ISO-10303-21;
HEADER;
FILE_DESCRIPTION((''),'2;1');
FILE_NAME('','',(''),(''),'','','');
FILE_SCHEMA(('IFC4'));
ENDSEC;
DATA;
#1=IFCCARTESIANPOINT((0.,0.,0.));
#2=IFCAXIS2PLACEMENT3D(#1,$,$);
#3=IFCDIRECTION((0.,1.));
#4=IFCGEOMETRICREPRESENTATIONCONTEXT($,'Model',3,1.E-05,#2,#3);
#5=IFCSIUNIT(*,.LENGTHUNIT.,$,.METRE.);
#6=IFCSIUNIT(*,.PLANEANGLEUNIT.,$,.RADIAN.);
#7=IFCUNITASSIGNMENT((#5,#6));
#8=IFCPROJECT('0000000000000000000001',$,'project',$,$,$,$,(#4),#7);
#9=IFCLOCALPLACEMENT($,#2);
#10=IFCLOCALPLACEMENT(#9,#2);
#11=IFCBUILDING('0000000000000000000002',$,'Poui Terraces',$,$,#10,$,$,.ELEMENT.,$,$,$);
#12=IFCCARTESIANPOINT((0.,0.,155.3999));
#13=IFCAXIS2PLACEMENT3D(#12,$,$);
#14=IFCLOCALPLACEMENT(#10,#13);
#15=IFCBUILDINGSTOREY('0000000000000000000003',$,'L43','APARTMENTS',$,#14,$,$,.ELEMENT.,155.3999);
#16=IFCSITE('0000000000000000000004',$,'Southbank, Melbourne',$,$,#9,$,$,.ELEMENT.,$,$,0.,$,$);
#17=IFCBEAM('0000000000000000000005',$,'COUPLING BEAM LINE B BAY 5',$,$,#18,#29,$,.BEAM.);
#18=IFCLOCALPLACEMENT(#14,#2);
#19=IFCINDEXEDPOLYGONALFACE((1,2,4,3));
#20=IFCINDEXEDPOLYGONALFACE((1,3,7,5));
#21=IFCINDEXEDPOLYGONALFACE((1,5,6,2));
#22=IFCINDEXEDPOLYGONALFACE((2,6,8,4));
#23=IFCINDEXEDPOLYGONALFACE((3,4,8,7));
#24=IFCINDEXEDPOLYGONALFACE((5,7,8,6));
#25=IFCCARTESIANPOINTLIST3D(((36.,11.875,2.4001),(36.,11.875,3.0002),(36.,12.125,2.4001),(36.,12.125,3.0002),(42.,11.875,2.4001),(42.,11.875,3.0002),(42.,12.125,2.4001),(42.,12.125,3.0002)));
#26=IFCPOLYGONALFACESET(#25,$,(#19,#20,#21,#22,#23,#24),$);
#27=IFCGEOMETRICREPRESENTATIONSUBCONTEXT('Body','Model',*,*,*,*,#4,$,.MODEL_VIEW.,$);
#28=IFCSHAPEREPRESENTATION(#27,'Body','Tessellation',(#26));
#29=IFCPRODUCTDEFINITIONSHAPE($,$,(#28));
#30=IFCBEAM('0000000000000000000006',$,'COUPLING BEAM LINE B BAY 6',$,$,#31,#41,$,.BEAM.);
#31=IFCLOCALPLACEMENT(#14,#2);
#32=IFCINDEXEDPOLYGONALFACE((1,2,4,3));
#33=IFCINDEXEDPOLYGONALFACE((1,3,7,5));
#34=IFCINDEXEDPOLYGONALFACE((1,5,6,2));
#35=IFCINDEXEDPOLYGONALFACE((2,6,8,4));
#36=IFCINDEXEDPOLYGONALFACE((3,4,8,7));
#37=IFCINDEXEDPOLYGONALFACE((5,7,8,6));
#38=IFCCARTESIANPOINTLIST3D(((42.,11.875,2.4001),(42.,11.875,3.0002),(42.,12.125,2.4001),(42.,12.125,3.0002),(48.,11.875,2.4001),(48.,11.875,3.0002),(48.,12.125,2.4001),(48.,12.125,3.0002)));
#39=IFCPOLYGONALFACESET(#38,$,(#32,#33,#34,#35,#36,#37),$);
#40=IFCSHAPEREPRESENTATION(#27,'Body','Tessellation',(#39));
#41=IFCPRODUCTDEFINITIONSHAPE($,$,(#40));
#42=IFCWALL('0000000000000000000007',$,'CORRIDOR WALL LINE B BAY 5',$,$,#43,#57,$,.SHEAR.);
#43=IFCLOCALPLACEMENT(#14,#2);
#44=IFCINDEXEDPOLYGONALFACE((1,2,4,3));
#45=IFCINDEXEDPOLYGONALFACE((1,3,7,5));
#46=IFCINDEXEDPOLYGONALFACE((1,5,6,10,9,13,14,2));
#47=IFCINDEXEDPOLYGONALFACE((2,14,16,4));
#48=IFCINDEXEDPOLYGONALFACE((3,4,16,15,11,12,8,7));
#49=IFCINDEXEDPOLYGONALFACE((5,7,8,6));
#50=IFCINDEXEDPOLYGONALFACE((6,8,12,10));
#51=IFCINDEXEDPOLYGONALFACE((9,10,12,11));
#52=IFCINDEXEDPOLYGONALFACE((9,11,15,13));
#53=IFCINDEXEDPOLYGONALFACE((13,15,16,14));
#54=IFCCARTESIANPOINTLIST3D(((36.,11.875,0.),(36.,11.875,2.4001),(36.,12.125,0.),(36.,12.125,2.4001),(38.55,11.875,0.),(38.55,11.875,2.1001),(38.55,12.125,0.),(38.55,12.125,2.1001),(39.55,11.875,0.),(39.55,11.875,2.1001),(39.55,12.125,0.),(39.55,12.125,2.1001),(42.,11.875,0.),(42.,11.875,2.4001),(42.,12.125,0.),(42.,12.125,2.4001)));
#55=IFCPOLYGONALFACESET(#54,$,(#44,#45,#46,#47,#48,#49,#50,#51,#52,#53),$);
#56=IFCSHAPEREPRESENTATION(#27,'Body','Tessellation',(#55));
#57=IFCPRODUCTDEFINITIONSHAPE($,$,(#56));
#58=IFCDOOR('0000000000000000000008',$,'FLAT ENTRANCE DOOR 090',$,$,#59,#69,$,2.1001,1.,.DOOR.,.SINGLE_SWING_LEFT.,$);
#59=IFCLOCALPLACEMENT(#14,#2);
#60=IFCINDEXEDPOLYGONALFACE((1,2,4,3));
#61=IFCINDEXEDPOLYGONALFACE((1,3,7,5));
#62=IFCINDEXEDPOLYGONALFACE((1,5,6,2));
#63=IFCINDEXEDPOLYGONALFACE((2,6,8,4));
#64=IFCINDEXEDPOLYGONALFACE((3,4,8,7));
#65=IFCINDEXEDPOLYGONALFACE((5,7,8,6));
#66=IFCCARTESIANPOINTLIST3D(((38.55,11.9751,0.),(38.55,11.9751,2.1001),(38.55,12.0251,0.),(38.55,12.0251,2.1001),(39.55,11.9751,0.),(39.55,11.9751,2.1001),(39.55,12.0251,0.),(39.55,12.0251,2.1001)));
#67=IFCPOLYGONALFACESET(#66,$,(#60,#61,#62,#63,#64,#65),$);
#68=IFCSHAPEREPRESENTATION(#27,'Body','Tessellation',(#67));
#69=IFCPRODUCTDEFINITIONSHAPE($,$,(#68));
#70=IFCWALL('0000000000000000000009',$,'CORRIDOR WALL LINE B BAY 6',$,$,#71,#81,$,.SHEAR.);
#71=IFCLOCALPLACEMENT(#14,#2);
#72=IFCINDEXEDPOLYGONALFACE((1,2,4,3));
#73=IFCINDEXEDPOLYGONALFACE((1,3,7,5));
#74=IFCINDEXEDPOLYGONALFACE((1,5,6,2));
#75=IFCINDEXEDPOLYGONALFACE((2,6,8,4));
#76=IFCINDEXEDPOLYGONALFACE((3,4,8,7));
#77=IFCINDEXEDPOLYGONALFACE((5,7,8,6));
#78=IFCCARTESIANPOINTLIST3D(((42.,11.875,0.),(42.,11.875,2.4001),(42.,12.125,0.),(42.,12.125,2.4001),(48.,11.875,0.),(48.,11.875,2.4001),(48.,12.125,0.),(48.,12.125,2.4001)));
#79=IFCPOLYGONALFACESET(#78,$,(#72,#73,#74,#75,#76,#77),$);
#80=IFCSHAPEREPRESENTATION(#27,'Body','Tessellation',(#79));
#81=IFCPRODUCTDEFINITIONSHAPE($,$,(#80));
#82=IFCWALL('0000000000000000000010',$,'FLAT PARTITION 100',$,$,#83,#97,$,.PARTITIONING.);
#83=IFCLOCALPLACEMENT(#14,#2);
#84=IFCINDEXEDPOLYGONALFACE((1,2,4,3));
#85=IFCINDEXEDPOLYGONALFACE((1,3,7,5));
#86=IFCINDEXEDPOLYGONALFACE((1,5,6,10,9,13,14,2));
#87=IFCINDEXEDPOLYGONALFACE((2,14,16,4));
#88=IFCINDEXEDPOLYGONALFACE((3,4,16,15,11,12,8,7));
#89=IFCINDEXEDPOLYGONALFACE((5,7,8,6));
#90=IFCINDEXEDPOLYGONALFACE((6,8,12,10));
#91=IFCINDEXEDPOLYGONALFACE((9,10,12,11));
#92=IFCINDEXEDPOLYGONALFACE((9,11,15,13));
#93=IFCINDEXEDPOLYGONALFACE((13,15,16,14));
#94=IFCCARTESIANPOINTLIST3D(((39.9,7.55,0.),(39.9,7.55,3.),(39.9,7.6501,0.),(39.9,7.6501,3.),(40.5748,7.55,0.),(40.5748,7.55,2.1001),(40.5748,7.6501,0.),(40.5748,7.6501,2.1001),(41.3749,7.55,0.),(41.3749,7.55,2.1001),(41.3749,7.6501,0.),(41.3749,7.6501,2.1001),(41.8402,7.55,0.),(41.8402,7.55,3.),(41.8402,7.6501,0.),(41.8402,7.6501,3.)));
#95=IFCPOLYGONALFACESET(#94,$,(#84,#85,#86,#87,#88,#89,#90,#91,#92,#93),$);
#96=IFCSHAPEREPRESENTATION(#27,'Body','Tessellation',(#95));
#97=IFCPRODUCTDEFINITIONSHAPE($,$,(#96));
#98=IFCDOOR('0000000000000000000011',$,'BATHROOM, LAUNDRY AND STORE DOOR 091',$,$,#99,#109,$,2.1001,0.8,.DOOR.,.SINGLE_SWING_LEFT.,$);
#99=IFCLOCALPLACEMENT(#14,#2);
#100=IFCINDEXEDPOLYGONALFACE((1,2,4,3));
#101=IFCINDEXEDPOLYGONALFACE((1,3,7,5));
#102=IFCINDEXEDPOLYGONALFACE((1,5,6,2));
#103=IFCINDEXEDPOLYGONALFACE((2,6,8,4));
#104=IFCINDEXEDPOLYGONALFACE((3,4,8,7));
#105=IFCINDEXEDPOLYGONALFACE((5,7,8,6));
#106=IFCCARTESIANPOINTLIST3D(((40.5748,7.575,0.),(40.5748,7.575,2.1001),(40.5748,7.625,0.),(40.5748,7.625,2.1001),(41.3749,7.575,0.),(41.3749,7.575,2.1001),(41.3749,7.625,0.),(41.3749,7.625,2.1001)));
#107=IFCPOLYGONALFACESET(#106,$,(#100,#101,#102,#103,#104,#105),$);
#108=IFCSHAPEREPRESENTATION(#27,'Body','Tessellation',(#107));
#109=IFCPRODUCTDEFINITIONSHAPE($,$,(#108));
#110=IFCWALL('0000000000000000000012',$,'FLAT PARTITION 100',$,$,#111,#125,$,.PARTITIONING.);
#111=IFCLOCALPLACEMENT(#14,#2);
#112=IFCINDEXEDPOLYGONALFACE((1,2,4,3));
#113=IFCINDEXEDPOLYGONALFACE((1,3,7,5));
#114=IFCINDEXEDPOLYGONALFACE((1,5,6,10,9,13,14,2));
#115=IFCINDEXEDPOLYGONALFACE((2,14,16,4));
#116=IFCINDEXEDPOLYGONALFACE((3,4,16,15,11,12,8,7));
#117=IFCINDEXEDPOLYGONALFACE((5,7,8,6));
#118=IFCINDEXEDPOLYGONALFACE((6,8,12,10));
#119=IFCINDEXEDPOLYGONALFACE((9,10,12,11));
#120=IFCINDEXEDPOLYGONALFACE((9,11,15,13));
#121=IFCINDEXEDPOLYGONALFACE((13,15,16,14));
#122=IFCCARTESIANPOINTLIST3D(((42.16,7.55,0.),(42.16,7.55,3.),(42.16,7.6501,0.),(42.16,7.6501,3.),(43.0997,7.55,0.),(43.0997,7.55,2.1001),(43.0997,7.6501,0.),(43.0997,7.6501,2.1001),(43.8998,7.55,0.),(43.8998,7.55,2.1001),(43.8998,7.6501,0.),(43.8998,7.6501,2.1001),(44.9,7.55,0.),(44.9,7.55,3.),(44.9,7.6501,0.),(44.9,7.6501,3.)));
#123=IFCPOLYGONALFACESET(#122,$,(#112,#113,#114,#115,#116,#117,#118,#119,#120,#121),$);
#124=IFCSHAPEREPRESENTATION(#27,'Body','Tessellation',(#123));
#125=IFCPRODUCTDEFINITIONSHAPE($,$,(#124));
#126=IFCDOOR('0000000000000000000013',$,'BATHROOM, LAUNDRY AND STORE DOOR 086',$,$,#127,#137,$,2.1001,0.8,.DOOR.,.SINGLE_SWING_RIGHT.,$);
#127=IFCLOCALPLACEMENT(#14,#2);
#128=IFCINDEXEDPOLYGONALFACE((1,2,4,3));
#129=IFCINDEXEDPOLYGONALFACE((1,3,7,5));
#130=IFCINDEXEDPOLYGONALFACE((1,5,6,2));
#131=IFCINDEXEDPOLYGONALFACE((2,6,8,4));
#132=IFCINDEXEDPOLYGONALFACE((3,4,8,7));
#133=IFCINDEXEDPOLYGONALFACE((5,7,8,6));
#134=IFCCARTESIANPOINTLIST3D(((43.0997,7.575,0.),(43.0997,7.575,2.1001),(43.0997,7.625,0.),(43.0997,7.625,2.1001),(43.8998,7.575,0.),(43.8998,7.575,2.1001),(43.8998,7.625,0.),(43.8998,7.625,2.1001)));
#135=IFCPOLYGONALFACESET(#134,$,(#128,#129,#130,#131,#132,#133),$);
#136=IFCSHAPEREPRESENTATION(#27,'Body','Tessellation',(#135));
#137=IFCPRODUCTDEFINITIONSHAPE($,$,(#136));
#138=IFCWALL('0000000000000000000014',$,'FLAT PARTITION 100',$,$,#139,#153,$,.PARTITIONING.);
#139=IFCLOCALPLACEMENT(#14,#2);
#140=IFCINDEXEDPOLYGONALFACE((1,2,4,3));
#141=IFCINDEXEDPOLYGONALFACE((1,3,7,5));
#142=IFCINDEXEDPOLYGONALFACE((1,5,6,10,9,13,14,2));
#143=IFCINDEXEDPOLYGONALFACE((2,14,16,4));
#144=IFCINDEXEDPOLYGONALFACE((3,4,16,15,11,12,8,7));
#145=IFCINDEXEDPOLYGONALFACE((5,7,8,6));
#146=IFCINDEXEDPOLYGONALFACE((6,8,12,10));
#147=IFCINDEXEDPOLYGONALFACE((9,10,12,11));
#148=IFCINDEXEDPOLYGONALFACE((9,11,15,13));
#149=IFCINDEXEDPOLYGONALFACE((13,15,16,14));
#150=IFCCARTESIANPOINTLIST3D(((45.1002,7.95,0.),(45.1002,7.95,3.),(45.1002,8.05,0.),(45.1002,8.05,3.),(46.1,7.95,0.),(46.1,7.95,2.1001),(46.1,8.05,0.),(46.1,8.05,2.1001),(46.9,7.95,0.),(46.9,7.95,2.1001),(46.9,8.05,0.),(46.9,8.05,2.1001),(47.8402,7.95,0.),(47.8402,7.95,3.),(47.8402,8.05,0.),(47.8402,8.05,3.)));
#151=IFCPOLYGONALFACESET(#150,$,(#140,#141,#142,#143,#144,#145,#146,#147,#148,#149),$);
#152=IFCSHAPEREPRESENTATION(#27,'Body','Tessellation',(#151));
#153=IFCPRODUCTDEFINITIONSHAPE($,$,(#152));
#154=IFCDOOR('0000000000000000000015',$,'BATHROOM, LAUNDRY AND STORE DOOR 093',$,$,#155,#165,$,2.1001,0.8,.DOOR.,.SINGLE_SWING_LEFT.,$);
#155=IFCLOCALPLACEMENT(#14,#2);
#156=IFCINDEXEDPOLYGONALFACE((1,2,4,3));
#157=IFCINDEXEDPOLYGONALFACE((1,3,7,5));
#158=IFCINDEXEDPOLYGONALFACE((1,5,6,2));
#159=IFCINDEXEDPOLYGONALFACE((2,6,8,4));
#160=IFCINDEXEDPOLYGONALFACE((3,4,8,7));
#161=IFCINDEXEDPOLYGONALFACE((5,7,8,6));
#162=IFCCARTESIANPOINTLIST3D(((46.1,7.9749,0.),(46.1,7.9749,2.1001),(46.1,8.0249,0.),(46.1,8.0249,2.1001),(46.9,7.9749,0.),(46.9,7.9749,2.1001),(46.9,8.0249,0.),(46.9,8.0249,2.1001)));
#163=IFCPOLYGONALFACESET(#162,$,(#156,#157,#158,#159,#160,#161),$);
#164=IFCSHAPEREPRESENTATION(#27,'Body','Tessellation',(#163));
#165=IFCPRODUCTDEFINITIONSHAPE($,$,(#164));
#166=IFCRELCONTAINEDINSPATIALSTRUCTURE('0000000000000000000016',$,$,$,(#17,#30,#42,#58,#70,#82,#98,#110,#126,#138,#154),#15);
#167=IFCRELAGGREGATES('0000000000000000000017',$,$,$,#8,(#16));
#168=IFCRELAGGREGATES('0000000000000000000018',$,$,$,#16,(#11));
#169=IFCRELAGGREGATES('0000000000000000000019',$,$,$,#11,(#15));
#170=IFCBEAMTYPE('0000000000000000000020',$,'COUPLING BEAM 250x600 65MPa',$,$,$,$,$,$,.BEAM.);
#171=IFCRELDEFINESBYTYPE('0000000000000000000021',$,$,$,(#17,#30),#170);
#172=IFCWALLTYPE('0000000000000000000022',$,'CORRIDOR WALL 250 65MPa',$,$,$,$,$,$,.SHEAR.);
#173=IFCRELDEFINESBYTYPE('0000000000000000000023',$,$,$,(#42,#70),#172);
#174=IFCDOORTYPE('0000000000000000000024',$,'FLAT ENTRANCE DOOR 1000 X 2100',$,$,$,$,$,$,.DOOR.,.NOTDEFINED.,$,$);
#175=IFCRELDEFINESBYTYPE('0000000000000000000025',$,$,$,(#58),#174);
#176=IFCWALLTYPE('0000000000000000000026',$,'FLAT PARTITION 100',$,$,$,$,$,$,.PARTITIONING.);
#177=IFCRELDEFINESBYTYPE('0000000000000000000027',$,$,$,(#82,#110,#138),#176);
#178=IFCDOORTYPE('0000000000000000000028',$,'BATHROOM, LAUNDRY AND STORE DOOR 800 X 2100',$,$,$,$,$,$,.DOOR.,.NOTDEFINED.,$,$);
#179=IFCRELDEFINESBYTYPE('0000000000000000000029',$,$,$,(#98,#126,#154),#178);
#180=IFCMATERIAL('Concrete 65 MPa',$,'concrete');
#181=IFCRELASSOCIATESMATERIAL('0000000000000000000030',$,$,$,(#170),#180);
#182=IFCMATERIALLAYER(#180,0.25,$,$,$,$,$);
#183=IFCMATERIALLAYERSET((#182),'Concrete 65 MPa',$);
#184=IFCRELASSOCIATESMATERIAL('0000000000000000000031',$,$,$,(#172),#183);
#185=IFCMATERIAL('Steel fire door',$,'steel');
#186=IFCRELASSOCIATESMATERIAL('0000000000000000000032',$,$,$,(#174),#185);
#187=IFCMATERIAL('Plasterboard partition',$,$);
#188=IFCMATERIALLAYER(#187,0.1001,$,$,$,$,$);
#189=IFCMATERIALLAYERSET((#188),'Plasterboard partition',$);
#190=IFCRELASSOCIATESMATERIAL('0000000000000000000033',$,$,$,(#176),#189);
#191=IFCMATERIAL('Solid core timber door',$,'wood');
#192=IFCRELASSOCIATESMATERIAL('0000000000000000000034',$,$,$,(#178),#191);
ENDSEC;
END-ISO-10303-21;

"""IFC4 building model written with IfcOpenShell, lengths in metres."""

from ifc_helpers import new_model, si_unit, direction, frame, frame_2d, origin, origin_2d, place, context, subcontext, project, spatial, rectangle, extrude, source, transform, mapped, material, layer, layer_set, material_profile, profile_set, type_object, element, fill, save


model = new_model("IFC4")

# Units and contexts
model_context = context("Model", 3, precision=1e-05, world=origin(), true_north=direction((0.0, 1.0)))
body_context = subcontext(model_context, "Body", "Model", "MODEL_VIEW")
ifc_project = project(units=[si_unit("LENGTHUNIT", "METRE"), si_unit("PLANEANGLEUNIT", "RADIAN")], contexts=[model_context])

# Site, building, storey
site_placement = place(None, origin())
site = spatial("IfcSite", under=ifc_project, at=site_placement, Name="Southbank, Melbourne", CompositionType="ELEMENT", RefElevation=0.0)
building_placement = place(site_placement, origin())
building = spatial("IfcBuilding", under=site, at=building_placement, Name="Poui Terraces", CompositionType="ELEMENT")
storey_placement = place(building_placement, frame((0.0, 0.0, 155.3999)))
storey = spatial("IfcBuildingStorey", under=building, at=storey_placement, Name="L43", Description="APARTMENTS", CompositionType="ELEMENT", Elevation=155.3999)

# Beams
ifc_material_1 = material(Name="Concrete 65 MPa", Category="concrete")
ifc_material_profile = material_profile(ifc_material_1, rectangle(XDim=0.25, YDim=0.6001, at=origin_2d()), Name="RC 250x600")
ifc_profile_set = profile_set([ifc_material_profile], Name="Concrete 65 MPa")
beam_type = type_object("IfcBeamType", Name="COUPLING BEAM 250x600 65MPa", PredefinedType="BEAM", material=ifc_profile_set)
shared_shape = source(origin(), body_context, "Body", "SweptSolid", [
    extrude(rectangle(XDim=0.25, YDim=0.6001, at=origin_2d()), origin(), (0.0, 0.0, 1.0), 6.0),
])
for number, where, z_axis, x_axis, name in (
    (1, (36.0, 12.0, 2.7002), (1.0, 0.0, 0.0), (0.0, 1.0, 0.0), "COUPLING BEAM LINE B BAY 5"),
    (2, (42.0, 12.0, 2.7002), (1.0, 0.0, 0.0), (0.0, 1.0, 0.0), "COUPLING BEAM LINE B BAY 6"),
):
    element("IfcBeam", number, at=place(storey_placement, frame(where, z_axis=z_axis, x_axis=x_axis)), inside=storey, type_object=beam_type, Name=name, PredefinedType="BEAM", context=body_context, shape_type="MappedRepresentation", body=[
        mapped(shared_shape, transform((0.0, 0.0, 0.0))),
    ])

# Wall, opening, door
ifc_layer_1 = layer(ifc_material_1, 0.25)
ifc_layer_set_1 = layer_set([ifc_layer_1], Name="Concrete 65 MPa")
wall_type_1 = type_object("IfcWallType", Name="CORRIDOR WALL 250 65MPa", PredefinedType="SHEAR", material=ifc_layer_set_1)
wall_1_placement = place(storey_placement, frame((36.0, 12.0, 0.0), z_axis=(0.0, 0.0, 1.0), x_axis=(1.0, 0.0, 0.0)))
wall_1 = element("IfcWall", 3, at=wall_1_placement, inside=storey, type_object=wall_type_1, Name="CORRIDOR WALL LINE B BAY 5", PredefinedType="SHEAR", context=body_context, shape_type="SweptSolid", body=[
    extrude(rectangle(XDim=6.0, YDim=0.25, at=frame_2d((3.0, 0.0))), origin(), (0.0, 0.0, 1.0), 2.4001),
])
opening_1_placement = place(wall_1_placement, frame((2.55, 0.0, 0.0)))
opening_1 = element("IfcOpeningElement", 4, at=opening_1_placement, cuts=wall_1, PredefinedType="OPENING", context=body_context, shape_type="SweptSolid", body=[
    extrude(rectangle(XDim=1.0, YDim=2.1001, at=frame_2d((0.5, 1.05))), frame((0.0, 0.135, 0.0), z_axis=(0.0, -1.0, 0.0), x_axis=(1.0, 0.0, 0.0)), (0.0, 0.0, 1.0), 0.27),
])
ifc_material_2 = material(Name="Steel fire door", Category="steel")
door_type_1 = type_object("IfcDoorType", Name="FLAT ENTRANCE DOOR 1000 X 2100", OperationType="NOTDEFINED", PredefinedType="DOOR", material=ifc_material_2)
door_1_placement = place(opening_1_placement, frame((1.0, 0.0, 0.0), z_axis=(0.0, 0.0, 1.0), x_axis=(-1.0, 0.0, 0.0)))
door_1 = element("IfcDoor", 5, at=door_1_placement, inside=storey, type_object=door_type_1, Name="FLAT ENTRANCE DOOR 090", OperationType="SINGLE_SWING_LEFT", OverallHeight=2.1001, OverallWidth=1.0, PredefinedType="DOOR", context=body_context, shape_type="SweptSolid", body=[
    extrude(rectangle(XDim=1.0, YDim=2.1001, at=frame_2d((0.5, 1.05))), frame((0.0, 0.0249, 0.0), z_axis=(0.0, -1.0, 0.0), x_axis=(1.0, 0.0, 0.0)), (0.0, 0.0, 1.0), 0.05),
])
fill(opening_1, door_1)

# Wall
wall_2_placement = place(storey_placement, frame((42.0, 12.0, 0.0), z_axis=(0.0, 0.0, 1.0), x_axis=(1.0, 0.0, 0.0)))
element("IfcWall", 6, at=wall_2_placement, inside=storey, type_object=wall_type_1, Name="CORRIDOR WALL LINE B BAY 6", PredefinedType="SHEAR", context=body_context, shape_type="SweptSolid", body=[
    extrude(rectangle(XDim=6.0, YDim=0.25, at=frame_2d((3.0, 0.0))), origin(), (0.0, 0.0, 1.0), 2.4001),
])

# Walls, openings, doors
ifc_material_3 = material(Name="Plasterboard partition")
ifc_layer_2 = layer(ifc_material_3, 0.1001)
ifc_layer_set_2 = layer_set([ifc_layer_2], Name="Plasterboard partition")
wall_type_2 = type_object("IfcWallType", Name="FLAT PARTITION 100", PredefinedType="PARTITIONING", material=ifc_layer_set_2)
wall_3_placement = place(storey_placement, frame((39.8999, 7.6001, 0.0), z_axis=(0.0, 0.0, 1.0), x_axis=(1.0, 0.0, 0.0)))
wall_3 = element("IfcWall", 7, at=wall_3_placement, inside=storey, type_object=wall_type_2, Name="FLAT PARTITION 100", PredefinedType="PARTITIONING", context=body_context, shape_type="SweptSolid", body=[
    extrude(rectangle(XDim=1.9402, YDim=0.1001, at=frame_2d((0.9702, 0.0))), origin(), (0.0, 0.0, 1.0), 3.0),
])
opening_2_placement = place(wall_3_placement, frame((0.675, 0.0, 0.0)))
opening_2 = element("IfcOpeningElement", 8, at=opening_2_placement, cuts=wall_3, PredefinedType="OPENING", context=body_context, shape_type="SweptSolid", body=[
    extrude(rectangle(XDim=0.8, YDim=2.1001, at=frame_2d((0.3999, 1.05))), frame((0.0, 0.0601, 0.0), z_axis=(0.0, -1.0, 0.0), x_axis=(1.0, 0.0, 0.0)), (0.0, 0.0, 1.0), 0.1201),
])
ifc_material_4 = material(Name="Solid core timber door", Category="wood")
door_type_2 = type_object("IfcDoorType", Name="BATHROOM, LAUNDRY AND STORE DOOR 800 X 2100", OperationType="NOTDEFINED", PredefinedType="DOOR", material=ifc_material_4)
door_2_placement = place(opening_2_placement, origin())
door_2 = element("IfcDoor", 9, at=door_2_placement, inside=storey, type_object=door_type_2, Name="BATHROOM, LAUNDRY AND STORE DOOR 091", OperationType="SINGLE_SWING_LEFT", OverallHeight=2.1001, OverallWidth=0.8, PredefinedType="DOOR", context=body_context, shape_type="SweptSolid", body=[
    extrude(rectangle(XDim=0.8, YDim=2.1001, at=frame_2d((0.3999, 1.05))), frame((0.0, 0.0249, 0.0), z_axis=(0.0, -1.0, 0.0), x_axis=(1.0, 0.0, 0.0)), (0.0, 0.0, 1.0), 0.05),
])
fill(opening_2, door_2)
wall_4_placement = place(storey_placement, frame((42.1599, 7.6001, 0.0), z_axis=(0.0, 0.0, 1.0), x_axis=(1.0, 0.0, 0.0)))
wall_4 = element("IfcWall", 10, at=wall_4_placement, inside=storey, type_object=wall_type_2, Name="FLAT PARTITION 100", PredefinedType="PARTITIONING", context=body_context, shape_type="SweptSolid", body=[
    extrude(rectangle(XDim=2.74, YDim=0.1001, at=frame_2d((1.3701, 0.0))), origin(), (0.0, 0.0, 1.0), 3.0),
])
opening_3_placement = place(wall_4_placement, frame((0.9399, 0.0, 0.0)))
opening_3 = element("IfcOpeningElement", 11, at=opening_3_placement, cuts=wall_4, PredefinedType="OPENING", context=body_context, shape_type="SweptSolid", body=[
    extrude(rectangle(XDim=0.8, YDim=2.1001, at=frame_2d((0.3999, 1.05))), frame((0.0, 0.0601, 0.0), z_axis=(0.0, -1.0, 0.0), x_axis=(1.0, 0.0, 0.0)), (0.0, 0.0, 1.0), 0.1201),
])
door_3_placement = place(opening_3_placement, origin())
door_3 = element("IfcDoor", 12, at=door_3_placement, inside=storey, type_object=door_type_2, Name="BATHROOM, LAUNDRY AND STORE DOOR 086", OperationType="SINGLE_SWING_RIGHT", OverallHeight=2.1001, OverallWidth=0.8, PredefinedType="DOOR", context=body_context, shape_type="SweptSolid", body=[
    extrude(rectangle(XDim=0.8, YDim=2.1001, at=frame_2d((0.3999, 1.05))), frame((0.0, 0.0249, 0.0), z_axis=(0.0, -1.0, 0.0), x_axis=(1.0, 0.0, 0.0)), (0.0, 0.0, 1.0), 0.05),
])
fill(opening_3, door_3)
wall_5_placement = place(storey_placement, frame((45.1001, 8.0, 0.0), z_axis=(0.0, 0.0, 1.0), x_axis=(1.0, 0.0, 0.0)))
wall_5 = element("IfcWall", 13, at=wall_5_placement, inside=storey, type_object=wall_type_2, Name="FLAT PARTITION 100", PredefinedType="PARTITIONING", context=body_context, shape_type="SweptSolid", body=[
    extrude(rectangle(XDim=2.74, YDim=0.1001, at=frame_2d((1.3701, 0.0))), origin(), (0.0, 0.0, 1.0), 3.0),
])
opening_4_placement = place(wall_5_placement, frame((1.0, 0.0, 0.0)))
opening_4 = element("IfcOpeningElement", 14, at=opening_4_placement, cuts=wall_5, PredefinedType="OPENING", context=body_context, shape_type="SweptSolid", body=[
    extrude(rectangle(XDim=0.8, YDim=2.1001, at=frame_2d((0.3999, 1.05))), frame((0.0, 0.0601, 0.0), z_axis=(0.0, -1.0, 0.0), x_axis=(1.0, 0.0, 0.0)), (0.0, 0.0, 1.0), 0.1201),
])
door_4_placement = place(opening_4_placement, origin())
door_4 = element("IfcDoor", 15, at=door_4_placement, inside=storey, type_object=door_type_2, Name="BATHROOM, LAUNDRY AND STORE DOOR 093", OperationType="SINGLE_SWING_LEFT", OverallHeight=2.1001, OverallWidth=0.8, PredefinedType="DOOR", context=body_context, shape_type="SweptSolid", body=[
    extrude(rectangle(XDim=0.8, YDim=2.1001, at=frame_2d((0.3999, 1.05))), frame((0.0, 0.0249, 0.0), z_axis=(0.0, -1.0, 0.0), x_axis=(1.0, 0.0, 0.0)), (0.0, 0.0, 1.0), 0.05),
])
fill(opening_4, door_4)

save(model, "model.ifc")
